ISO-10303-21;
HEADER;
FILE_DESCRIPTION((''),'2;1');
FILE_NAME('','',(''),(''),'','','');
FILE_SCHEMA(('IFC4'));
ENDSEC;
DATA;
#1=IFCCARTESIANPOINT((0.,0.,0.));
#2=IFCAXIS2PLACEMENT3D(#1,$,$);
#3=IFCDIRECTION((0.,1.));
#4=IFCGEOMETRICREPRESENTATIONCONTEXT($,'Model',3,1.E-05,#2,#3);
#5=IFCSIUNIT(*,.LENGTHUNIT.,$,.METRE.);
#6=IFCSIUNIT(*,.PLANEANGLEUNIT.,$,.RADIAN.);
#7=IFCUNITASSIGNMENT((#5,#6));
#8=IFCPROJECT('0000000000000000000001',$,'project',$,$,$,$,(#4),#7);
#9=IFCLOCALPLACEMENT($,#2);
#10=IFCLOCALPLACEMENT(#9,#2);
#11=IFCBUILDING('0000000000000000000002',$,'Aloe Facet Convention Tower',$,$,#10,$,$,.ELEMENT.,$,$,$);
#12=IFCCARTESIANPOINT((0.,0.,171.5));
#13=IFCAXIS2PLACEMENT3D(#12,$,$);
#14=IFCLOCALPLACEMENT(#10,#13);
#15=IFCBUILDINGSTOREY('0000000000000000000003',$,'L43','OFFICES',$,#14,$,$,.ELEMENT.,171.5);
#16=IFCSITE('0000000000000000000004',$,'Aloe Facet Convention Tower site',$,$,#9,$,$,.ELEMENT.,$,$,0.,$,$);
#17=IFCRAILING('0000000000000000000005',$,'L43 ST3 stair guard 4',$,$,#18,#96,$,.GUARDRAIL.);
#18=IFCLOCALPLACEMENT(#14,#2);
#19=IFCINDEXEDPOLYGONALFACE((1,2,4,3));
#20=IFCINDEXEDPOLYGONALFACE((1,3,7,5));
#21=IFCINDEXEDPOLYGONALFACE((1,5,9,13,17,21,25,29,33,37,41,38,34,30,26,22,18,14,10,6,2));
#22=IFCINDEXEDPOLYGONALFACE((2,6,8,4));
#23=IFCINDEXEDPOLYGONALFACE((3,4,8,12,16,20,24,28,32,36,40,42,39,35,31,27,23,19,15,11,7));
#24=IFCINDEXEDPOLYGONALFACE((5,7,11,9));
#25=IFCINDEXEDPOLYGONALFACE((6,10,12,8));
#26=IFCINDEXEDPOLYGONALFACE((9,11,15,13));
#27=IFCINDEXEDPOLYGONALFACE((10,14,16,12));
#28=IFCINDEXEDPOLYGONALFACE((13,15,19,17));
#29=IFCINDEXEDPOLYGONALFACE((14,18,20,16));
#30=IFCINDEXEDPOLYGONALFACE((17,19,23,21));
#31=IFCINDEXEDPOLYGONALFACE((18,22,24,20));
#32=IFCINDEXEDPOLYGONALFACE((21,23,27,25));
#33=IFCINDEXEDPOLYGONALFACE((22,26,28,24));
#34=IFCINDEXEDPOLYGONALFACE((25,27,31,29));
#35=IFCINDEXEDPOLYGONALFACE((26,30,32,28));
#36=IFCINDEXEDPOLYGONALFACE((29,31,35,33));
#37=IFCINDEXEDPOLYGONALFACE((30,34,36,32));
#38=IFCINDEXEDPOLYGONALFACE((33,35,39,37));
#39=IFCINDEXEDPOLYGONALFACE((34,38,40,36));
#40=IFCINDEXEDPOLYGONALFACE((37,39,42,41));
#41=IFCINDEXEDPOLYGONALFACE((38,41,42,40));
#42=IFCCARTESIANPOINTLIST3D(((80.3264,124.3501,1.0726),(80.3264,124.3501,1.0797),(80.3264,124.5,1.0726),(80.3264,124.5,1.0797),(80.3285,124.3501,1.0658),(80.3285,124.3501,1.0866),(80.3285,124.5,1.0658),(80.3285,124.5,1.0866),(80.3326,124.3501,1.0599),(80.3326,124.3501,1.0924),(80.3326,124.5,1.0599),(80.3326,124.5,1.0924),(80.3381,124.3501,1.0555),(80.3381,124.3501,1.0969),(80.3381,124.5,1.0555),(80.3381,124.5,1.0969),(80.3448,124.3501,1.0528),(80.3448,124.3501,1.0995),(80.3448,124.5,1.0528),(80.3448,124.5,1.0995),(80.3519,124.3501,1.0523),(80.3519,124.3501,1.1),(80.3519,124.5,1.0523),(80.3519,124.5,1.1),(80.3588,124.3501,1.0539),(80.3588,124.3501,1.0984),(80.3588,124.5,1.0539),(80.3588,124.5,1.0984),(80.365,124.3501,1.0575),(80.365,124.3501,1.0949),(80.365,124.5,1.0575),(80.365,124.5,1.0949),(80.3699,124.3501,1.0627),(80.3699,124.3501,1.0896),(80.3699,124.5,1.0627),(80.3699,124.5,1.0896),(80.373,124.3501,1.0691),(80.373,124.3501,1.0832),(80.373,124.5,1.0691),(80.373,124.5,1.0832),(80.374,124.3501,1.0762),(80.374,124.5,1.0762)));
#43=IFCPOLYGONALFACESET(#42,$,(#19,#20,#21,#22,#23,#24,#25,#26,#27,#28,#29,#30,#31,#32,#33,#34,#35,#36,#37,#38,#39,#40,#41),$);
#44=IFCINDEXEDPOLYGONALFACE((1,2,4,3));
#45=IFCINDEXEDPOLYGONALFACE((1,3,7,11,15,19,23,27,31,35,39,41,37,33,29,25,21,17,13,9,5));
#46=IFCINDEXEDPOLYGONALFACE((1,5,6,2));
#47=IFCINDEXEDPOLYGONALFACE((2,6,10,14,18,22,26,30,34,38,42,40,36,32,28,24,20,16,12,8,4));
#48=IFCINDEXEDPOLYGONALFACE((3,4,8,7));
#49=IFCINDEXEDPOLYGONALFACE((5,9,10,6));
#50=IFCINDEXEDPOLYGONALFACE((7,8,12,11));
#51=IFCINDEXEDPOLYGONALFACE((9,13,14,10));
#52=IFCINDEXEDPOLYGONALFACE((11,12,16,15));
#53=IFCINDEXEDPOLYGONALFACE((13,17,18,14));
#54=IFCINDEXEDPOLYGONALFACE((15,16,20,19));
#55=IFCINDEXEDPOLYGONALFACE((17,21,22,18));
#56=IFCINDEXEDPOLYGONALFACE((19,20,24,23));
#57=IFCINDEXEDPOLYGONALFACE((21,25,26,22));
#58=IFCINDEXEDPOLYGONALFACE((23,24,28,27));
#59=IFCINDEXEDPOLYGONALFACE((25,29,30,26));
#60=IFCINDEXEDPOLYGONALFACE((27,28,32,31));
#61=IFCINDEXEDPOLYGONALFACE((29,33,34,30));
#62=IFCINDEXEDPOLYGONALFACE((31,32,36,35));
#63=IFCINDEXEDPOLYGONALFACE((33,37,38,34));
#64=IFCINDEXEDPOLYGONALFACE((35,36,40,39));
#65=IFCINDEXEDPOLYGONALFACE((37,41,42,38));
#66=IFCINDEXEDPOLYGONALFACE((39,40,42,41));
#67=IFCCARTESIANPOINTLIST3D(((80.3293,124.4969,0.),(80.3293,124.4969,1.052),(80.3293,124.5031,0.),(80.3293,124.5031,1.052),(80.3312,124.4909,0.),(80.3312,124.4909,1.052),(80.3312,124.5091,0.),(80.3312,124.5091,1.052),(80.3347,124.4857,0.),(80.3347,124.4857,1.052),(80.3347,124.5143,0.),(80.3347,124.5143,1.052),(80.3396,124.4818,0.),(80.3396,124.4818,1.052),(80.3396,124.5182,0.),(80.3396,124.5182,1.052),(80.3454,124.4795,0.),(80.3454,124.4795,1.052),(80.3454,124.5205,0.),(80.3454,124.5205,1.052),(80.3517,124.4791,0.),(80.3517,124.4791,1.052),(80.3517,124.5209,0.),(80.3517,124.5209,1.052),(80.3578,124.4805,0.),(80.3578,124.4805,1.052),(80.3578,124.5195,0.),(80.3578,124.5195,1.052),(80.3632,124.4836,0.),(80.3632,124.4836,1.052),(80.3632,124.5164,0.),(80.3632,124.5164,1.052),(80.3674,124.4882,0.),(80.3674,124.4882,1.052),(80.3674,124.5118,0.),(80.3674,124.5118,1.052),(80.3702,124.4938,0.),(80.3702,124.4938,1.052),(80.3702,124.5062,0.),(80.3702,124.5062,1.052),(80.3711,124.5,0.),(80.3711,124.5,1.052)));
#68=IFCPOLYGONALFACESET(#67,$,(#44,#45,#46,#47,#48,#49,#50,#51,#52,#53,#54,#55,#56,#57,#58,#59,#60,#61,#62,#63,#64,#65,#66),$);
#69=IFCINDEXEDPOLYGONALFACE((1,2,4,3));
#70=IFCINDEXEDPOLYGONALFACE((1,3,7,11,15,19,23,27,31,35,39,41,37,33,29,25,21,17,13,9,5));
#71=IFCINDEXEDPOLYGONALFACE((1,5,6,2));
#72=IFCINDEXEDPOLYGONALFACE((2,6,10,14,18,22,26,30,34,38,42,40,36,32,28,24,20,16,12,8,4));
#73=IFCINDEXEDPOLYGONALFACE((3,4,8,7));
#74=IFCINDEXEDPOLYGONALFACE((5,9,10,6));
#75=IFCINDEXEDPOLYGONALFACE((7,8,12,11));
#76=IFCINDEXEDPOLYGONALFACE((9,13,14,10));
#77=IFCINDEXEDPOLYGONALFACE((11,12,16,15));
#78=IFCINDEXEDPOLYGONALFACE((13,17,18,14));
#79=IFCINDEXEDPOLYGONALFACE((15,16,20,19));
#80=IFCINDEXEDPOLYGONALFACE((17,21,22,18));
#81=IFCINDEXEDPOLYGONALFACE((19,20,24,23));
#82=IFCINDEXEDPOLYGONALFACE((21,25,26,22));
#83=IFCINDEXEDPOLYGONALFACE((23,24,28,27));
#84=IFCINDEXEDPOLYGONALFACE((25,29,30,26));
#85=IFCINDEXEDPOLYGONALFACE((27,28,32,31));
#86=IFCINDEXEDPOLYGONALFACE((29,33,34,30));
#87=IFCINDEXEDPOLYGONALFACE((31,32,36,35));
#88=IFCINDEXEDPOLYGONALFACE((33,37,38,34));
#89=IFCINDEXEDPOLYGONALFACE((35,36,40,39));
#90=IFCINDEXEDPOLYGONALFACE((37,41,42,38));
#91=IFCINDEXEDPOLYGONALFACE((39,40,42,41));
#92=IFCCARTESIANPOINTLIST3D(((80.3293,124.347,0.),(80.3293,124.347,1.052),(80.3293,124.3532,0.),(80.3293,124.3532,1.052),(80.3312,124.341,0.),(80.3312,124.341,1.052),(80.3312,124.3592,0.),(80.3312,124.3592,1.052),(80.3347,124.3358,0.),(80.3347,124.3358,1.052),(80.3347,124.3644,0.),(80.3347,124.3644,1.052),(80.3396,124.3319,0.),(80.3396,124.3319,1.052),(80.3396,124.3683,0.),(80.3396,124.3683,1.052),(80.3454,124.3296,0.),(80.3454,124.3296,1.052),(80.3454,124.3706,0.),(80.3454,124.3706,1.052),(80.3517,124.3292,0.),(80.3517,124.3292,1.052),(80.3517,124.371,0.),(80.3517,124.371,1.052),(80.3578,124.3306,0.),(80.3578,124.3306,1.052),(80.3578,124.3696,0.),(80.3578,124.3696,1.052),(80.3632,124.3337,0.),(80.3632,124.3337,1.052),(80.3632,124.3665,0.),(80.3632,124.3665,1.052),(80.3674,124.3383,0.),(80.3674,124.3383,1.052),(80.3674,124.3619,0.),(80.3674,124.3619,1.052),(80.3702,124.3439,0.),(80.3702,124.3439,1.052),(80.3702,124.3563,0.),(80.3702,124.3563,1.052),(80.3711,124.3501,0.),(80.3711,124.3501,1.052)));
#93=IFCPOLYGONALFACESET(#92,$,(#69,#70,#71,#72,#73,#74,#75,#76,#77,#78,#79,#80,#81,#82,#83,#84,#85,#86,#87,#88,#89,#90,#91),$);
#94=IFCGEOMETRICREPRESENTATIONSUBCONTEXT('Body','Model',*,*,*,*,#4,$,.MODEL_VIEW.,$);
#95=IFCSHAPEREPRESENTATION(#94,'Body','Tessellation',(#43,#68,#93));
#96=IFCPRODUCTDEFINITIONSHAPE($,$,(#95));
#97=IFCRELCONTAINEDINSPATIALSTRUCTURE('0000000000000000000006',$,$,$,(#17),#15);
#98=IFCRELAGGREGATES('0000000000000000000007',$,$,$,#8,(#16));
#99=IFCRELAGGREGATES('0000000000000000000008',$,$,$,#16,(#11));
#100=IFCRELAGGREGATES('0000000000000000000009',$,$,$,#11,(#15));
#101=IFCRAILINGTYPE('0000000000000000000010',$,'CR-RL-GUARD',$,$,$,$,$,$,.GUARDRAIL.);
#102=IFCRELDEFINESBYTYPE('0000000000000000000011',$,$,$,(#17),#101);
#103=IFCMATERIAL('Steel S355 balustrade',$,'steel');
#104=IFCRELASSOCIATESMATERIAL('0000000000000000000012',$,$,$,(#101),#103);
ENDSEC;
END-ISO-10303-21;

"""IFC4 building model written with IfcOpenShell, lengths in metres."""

from ifc_helpers import new_model, si_unit, direction, frame, origin, origin_2d, place, context, subcontext, project, spatial, circle, extrude, material, type_object, element, save


model = new_model("IFC4")

# Units and contexts
model_context = context("Model", 3, precision=1e-05, world=origin(), true_north=direction((0.0, 1.0)))
body_context = subcontext(model_context, "Body", "Model", "MODEL_VIEW")
ifc_project = project(units=[si_unit("LENGTHUNIT", "METRE"), si_unit("PLANEANGLEUNIT", "RADIAN")], contexts=[model_context])

# Site, building, storey
site_placement = place(None, origin())
site = spatial("IfcSite", under=ifc_project, at=site_placement, Name="Aloe Facet Convention Tower site", CompositionType="ELEMENT", RefElevation=0.0)
building_placement = place(site_placement, origin())
building = spatial("IfcBuilding", under=site, at=building_placement, Name="Aloe Facet Convention Tower", CompositionType="ELEMENT")
storey_placement = place(building_placement, frame((0.0, 0.0, 171.5)))
storey = spatial("IfcBuildingStorey", under=building, at=storey_placement, Name="L43", Description="OFFICES", CompositionType="ELEMENT", Elevation=171.5)

# Railing
ifc_material_1 = material(Name="Steel S355 balustrade", Category="steel")
railing_type_1 = type_object("IfcRailingType", Name="CR-RL-GUARD", PredefinedType="GUARDRAIL", material=ifc_material_1)
railing_1_placement = place(storey_placement, frame((80.3501, 124.5, 0.0)))
element("IfcRailing", 1, at=railing_1_placement, inside=storey, type_object=railing_type_1, Name="L43 ST3 stair guard 4", PredefinedType="GUARDRAIL", context=body_context, shape_type="SweptSolid", body=[
    extrude(circle(Radius=0.0239, at=origin_2d()), frame((0.0, 0.0, 1.0762), z_axis=(0.0, -1.0, 0.0), x_axis=(1.0, 0.0, 0.0)), (0.0, 0.0, 1.0), 0.1499),
    extrude(circle(Radius=0.021, at=origin_2d()), origin(), (0.0, 0.0, 1.0), 1.052),
    extrude(circle(Radius=0.021, at=origin_2d()), frame((0.0, -0.1499, 0.0)), (0.0, 0.0, 1.0), 1.052),
])

save(model, "model.ifc")
